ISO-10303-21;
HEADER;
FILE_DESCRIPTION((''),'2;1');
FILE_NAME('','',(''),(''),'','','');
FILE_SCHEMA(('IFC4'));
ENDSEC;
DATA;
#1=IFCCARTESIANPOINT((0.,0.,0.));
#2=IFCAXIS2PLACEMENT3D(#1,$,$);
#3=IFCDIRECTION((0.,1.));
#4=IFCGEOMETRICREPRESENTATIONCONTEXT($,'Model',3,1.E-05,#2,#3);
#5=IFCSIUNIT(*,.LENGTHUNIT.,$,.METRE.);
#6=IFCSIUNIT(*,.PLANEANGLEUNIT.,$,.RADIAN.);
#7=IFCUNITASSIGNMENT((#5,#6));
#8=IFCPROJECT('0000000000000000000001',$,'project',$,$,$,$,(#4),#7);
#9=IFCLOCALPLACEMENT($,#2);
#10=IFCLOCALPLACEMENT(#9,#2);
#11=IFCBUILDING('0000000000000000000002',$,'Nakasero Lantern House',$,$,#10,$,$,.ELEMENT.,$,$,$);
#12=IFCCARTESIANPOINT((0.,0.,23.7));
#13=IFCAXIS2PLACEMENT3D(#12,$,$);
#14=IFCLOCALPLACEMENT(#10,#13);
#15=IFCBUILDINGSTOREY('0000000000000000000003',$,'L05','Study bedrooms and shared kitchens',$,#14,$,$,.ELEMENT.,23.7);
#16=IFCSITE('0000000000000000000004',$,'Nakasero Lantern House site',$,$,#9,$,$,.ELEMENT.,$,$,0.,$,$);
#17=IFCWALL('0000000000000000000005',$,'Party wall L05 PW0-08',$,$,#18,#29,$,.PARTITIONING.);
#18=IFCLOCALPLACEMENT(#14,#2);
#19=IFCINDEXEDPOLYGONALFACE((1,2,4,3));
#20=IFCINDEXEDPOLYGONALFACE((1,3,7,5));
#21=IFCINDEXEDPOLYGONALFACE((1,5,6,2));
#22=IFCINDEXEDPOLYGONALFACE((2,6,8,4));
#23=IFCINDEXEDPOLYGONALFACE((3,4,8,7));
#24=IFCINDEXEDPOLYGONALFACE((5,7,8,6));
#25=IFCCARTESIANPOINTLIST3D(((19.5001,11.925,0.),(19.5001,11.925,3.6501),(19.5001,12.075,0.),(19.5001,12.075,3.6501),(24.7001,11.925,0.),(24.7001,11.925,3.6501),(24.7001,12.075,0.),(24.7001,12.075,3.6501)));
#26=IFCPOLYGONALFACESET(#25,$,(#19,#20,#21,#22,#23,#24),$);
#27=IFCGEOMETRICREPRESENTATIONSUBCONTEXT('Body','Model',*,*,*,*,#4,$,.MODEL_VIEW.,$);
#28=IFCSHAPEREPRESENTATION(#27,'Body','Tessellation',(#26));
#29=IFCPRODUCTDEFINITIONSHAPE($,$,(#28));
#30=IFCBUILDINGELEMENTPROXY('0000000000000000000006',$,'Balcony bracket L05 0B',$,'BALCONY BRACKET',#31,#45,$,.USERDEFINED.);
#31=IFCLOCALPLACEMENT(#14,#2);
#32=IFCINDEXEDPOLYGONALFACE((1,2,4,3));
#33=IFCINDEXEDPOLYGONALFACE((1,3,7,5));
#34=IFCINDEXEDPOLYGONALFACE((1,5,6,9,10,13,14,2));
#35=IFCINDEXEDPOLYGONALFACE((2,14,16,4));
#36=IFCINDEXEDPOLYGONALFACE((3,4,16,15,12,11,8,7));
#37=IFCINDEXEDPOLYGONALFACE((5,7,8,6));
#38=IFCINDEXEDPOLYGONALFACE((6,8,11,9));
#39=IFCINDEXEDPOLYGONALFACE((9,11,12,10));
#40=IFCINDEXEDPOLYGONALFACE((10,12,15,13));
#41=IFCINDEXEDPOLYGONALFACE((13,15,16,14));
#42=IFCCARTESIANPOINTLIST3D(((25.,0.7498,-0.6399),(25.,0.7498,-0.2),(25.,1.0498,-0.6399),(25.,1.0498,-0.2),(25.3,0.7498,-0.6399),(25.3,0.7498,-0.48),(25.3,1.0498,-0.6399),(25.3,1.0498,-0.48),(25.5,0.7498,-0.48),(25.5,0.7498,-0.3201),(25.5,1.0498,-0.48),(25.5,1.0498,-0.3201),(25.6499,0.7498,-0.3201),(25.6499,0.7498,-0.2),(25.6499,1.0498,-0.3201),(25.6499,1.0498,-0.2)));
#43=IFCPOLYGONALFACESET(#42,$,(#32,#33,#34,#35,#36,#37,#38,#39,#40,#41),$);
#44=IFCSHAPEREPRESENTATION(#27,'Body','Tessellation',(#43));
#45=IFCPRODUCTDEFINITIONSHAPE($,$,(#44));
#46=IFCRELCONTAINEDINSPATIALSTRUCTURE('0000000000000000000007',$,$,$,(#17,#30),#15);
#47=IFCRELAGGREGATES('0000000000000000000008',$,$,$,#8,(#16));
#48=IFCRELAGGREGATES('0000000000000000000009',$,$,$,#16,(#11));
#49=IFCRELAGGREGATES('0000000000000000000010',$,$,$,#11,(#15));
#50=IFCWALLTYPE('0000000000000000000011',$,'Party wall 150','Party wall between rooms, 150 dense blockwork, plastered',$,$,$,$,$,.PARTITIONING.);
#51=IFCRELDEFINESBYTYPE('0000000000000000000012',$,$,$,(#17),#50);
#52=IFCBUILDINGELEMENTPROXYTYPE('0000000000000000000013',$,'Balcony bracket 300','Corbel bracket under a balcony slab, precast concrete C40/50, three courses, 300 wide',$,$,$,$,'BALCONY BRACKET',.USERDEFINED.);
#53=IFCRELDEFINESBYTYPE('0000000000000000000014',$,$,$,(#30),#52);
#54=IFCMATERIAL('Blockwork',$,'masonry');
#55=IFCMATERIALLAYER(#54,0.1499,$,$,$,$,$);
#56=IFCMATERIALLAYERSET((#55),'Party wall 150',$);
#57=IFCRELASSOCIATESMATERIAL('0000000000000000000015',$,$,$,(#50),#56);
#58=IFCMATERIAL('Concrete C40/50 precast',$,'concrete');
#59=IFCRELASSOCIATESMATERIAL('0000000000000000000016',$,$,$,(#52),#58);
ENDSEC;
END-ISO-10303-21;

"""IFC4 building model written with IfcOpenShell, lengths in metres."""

from ifc_helpers import new_model, si_unit, direction, frame, frame_2d, origin, place, context, subcontext, project, spatial, polyline, rectangle, outline, extrude, material, layer, layer_set, type_object, element, save


model = new_model("IFC4")

# Units and contexts
model_context = context("Model", 3, precision=1e-05, world=origin(), true_north=direction((0.0, 1.0)))
body_context = subcontext(model_context, "Body", "Model", "MODEL_VIEW")
ifc_project = project(units=[si_unit("LENGTHUNIT", "METRE"), si_unit("PLANEANGLEUNIT", "RADIAN")], contexts=[model_context])

# Site, building, storey
site_placement = place(None, origin())
site = spatial("IfcSite", under=ifc_project, at=site_placement, Name="Nakasero Lantern House site", CompositionType="ELEMENT", RefElevation=0.0)
building_placement = place(site_placement, origin())
building = spatial("IfcBuilding", under=site, at=building_placement, Name="Nakasero Lantern House", CompositionType="ELEMENT")
storey_placement = place(building_placement, frame((0.0, 0.0, 23.7)))
storey = spatial("IfcBuildingStorey", under=building, at=storey_placement, Name="L05", Description="Study bedrooms and shared kitchens", CompositionType="ELEMENT", Elevation=23.7)

# Wall
ifc_material_1 = material(Name="Blockwork", Category="masonry")
ifc_layer_1 = layer(ifc_material_1, 0.1499)
ifc_layer_set_1 = layer_set([ifc_layer_1], Name="Party wall 150")
wall_type_1 = type_object("IfcWallType", Name="Party wall 150", Description="Party wall between rooms, 150 dense blockwork, plastered", PredefinedType="PARTITIONING", material=ifc_layer_set_1)
for number, where, z_axis, x_axis, name in (
    (1, (19.5, 12.0, 0.0), (0.0, 0.0, 1.0), (1.0, 0.0, 0.0), "Party wall L05 PW0-08"),
):
    element("IfcWall", number, at=place(storey_placement, frame(where, z_axis=z_axis, x_axis=x_axis)), inside=storey, type_object=wall_type_1, Name=name, PredefinedType="PARTITIONING", context=body_context, shape_type="SweptSolid", body=[
        extrude(rectangle(XDim=5.2, YDim=0.1499, at=frame_2d((2.6001, 0.0))), origin(), (0.0, 0.0, 1.0), 3.6501),
    ])

# Building element proxy
ifc_material_2 = material(Name="Concrete C40/50 precast", Category="concrete")
building_element_proxy_type = type_object("IfcBuildingElementProxyType", Name="Balcony bracket 300", Description="Corbel bracket under a balcony slab, precast concrete C40/50, three courses, 300 wide", ElementType="BALCONY BRACKET", PredefinedType="USERDEFINED", material=ifc_material_2)
proxy_placement = place(storey_placement, frame((25.0, 0.8999, -0.2), z_axis=(0.0, 0.0, 1.0), x_axis=(1.0, 0.0, 0.0)))
element("IfcBuildingElementProxy", 2, at=proxy_placement, inside=storey, type_object=building_element_proxy_type, Name="Balcony bracket L05 0B", ObjectType="BALCONY BRACKET", PredefinedType="USERDEFINED", context=body_context, shape_type="SweptSolid", body=[
    extrude(outline(polyline([(0.0, 0.0), (0.6499, 0.0), (0.6499, -0.1201), (0.5, -0.1201), (0.5, -0.28), (0.3, -0.28), (0.3, -0.4399), (0.0, -0.4399), (0.0, 0.0)])), frame((0.0, 0.1499, 0.0), z_axis=(0.0, -1.0, 0.0), x_axis=(1.0, 0.0, 0.0)), (0.0, 0.0, 1.0), 0.3),
])

save(model, "model.ifc")
